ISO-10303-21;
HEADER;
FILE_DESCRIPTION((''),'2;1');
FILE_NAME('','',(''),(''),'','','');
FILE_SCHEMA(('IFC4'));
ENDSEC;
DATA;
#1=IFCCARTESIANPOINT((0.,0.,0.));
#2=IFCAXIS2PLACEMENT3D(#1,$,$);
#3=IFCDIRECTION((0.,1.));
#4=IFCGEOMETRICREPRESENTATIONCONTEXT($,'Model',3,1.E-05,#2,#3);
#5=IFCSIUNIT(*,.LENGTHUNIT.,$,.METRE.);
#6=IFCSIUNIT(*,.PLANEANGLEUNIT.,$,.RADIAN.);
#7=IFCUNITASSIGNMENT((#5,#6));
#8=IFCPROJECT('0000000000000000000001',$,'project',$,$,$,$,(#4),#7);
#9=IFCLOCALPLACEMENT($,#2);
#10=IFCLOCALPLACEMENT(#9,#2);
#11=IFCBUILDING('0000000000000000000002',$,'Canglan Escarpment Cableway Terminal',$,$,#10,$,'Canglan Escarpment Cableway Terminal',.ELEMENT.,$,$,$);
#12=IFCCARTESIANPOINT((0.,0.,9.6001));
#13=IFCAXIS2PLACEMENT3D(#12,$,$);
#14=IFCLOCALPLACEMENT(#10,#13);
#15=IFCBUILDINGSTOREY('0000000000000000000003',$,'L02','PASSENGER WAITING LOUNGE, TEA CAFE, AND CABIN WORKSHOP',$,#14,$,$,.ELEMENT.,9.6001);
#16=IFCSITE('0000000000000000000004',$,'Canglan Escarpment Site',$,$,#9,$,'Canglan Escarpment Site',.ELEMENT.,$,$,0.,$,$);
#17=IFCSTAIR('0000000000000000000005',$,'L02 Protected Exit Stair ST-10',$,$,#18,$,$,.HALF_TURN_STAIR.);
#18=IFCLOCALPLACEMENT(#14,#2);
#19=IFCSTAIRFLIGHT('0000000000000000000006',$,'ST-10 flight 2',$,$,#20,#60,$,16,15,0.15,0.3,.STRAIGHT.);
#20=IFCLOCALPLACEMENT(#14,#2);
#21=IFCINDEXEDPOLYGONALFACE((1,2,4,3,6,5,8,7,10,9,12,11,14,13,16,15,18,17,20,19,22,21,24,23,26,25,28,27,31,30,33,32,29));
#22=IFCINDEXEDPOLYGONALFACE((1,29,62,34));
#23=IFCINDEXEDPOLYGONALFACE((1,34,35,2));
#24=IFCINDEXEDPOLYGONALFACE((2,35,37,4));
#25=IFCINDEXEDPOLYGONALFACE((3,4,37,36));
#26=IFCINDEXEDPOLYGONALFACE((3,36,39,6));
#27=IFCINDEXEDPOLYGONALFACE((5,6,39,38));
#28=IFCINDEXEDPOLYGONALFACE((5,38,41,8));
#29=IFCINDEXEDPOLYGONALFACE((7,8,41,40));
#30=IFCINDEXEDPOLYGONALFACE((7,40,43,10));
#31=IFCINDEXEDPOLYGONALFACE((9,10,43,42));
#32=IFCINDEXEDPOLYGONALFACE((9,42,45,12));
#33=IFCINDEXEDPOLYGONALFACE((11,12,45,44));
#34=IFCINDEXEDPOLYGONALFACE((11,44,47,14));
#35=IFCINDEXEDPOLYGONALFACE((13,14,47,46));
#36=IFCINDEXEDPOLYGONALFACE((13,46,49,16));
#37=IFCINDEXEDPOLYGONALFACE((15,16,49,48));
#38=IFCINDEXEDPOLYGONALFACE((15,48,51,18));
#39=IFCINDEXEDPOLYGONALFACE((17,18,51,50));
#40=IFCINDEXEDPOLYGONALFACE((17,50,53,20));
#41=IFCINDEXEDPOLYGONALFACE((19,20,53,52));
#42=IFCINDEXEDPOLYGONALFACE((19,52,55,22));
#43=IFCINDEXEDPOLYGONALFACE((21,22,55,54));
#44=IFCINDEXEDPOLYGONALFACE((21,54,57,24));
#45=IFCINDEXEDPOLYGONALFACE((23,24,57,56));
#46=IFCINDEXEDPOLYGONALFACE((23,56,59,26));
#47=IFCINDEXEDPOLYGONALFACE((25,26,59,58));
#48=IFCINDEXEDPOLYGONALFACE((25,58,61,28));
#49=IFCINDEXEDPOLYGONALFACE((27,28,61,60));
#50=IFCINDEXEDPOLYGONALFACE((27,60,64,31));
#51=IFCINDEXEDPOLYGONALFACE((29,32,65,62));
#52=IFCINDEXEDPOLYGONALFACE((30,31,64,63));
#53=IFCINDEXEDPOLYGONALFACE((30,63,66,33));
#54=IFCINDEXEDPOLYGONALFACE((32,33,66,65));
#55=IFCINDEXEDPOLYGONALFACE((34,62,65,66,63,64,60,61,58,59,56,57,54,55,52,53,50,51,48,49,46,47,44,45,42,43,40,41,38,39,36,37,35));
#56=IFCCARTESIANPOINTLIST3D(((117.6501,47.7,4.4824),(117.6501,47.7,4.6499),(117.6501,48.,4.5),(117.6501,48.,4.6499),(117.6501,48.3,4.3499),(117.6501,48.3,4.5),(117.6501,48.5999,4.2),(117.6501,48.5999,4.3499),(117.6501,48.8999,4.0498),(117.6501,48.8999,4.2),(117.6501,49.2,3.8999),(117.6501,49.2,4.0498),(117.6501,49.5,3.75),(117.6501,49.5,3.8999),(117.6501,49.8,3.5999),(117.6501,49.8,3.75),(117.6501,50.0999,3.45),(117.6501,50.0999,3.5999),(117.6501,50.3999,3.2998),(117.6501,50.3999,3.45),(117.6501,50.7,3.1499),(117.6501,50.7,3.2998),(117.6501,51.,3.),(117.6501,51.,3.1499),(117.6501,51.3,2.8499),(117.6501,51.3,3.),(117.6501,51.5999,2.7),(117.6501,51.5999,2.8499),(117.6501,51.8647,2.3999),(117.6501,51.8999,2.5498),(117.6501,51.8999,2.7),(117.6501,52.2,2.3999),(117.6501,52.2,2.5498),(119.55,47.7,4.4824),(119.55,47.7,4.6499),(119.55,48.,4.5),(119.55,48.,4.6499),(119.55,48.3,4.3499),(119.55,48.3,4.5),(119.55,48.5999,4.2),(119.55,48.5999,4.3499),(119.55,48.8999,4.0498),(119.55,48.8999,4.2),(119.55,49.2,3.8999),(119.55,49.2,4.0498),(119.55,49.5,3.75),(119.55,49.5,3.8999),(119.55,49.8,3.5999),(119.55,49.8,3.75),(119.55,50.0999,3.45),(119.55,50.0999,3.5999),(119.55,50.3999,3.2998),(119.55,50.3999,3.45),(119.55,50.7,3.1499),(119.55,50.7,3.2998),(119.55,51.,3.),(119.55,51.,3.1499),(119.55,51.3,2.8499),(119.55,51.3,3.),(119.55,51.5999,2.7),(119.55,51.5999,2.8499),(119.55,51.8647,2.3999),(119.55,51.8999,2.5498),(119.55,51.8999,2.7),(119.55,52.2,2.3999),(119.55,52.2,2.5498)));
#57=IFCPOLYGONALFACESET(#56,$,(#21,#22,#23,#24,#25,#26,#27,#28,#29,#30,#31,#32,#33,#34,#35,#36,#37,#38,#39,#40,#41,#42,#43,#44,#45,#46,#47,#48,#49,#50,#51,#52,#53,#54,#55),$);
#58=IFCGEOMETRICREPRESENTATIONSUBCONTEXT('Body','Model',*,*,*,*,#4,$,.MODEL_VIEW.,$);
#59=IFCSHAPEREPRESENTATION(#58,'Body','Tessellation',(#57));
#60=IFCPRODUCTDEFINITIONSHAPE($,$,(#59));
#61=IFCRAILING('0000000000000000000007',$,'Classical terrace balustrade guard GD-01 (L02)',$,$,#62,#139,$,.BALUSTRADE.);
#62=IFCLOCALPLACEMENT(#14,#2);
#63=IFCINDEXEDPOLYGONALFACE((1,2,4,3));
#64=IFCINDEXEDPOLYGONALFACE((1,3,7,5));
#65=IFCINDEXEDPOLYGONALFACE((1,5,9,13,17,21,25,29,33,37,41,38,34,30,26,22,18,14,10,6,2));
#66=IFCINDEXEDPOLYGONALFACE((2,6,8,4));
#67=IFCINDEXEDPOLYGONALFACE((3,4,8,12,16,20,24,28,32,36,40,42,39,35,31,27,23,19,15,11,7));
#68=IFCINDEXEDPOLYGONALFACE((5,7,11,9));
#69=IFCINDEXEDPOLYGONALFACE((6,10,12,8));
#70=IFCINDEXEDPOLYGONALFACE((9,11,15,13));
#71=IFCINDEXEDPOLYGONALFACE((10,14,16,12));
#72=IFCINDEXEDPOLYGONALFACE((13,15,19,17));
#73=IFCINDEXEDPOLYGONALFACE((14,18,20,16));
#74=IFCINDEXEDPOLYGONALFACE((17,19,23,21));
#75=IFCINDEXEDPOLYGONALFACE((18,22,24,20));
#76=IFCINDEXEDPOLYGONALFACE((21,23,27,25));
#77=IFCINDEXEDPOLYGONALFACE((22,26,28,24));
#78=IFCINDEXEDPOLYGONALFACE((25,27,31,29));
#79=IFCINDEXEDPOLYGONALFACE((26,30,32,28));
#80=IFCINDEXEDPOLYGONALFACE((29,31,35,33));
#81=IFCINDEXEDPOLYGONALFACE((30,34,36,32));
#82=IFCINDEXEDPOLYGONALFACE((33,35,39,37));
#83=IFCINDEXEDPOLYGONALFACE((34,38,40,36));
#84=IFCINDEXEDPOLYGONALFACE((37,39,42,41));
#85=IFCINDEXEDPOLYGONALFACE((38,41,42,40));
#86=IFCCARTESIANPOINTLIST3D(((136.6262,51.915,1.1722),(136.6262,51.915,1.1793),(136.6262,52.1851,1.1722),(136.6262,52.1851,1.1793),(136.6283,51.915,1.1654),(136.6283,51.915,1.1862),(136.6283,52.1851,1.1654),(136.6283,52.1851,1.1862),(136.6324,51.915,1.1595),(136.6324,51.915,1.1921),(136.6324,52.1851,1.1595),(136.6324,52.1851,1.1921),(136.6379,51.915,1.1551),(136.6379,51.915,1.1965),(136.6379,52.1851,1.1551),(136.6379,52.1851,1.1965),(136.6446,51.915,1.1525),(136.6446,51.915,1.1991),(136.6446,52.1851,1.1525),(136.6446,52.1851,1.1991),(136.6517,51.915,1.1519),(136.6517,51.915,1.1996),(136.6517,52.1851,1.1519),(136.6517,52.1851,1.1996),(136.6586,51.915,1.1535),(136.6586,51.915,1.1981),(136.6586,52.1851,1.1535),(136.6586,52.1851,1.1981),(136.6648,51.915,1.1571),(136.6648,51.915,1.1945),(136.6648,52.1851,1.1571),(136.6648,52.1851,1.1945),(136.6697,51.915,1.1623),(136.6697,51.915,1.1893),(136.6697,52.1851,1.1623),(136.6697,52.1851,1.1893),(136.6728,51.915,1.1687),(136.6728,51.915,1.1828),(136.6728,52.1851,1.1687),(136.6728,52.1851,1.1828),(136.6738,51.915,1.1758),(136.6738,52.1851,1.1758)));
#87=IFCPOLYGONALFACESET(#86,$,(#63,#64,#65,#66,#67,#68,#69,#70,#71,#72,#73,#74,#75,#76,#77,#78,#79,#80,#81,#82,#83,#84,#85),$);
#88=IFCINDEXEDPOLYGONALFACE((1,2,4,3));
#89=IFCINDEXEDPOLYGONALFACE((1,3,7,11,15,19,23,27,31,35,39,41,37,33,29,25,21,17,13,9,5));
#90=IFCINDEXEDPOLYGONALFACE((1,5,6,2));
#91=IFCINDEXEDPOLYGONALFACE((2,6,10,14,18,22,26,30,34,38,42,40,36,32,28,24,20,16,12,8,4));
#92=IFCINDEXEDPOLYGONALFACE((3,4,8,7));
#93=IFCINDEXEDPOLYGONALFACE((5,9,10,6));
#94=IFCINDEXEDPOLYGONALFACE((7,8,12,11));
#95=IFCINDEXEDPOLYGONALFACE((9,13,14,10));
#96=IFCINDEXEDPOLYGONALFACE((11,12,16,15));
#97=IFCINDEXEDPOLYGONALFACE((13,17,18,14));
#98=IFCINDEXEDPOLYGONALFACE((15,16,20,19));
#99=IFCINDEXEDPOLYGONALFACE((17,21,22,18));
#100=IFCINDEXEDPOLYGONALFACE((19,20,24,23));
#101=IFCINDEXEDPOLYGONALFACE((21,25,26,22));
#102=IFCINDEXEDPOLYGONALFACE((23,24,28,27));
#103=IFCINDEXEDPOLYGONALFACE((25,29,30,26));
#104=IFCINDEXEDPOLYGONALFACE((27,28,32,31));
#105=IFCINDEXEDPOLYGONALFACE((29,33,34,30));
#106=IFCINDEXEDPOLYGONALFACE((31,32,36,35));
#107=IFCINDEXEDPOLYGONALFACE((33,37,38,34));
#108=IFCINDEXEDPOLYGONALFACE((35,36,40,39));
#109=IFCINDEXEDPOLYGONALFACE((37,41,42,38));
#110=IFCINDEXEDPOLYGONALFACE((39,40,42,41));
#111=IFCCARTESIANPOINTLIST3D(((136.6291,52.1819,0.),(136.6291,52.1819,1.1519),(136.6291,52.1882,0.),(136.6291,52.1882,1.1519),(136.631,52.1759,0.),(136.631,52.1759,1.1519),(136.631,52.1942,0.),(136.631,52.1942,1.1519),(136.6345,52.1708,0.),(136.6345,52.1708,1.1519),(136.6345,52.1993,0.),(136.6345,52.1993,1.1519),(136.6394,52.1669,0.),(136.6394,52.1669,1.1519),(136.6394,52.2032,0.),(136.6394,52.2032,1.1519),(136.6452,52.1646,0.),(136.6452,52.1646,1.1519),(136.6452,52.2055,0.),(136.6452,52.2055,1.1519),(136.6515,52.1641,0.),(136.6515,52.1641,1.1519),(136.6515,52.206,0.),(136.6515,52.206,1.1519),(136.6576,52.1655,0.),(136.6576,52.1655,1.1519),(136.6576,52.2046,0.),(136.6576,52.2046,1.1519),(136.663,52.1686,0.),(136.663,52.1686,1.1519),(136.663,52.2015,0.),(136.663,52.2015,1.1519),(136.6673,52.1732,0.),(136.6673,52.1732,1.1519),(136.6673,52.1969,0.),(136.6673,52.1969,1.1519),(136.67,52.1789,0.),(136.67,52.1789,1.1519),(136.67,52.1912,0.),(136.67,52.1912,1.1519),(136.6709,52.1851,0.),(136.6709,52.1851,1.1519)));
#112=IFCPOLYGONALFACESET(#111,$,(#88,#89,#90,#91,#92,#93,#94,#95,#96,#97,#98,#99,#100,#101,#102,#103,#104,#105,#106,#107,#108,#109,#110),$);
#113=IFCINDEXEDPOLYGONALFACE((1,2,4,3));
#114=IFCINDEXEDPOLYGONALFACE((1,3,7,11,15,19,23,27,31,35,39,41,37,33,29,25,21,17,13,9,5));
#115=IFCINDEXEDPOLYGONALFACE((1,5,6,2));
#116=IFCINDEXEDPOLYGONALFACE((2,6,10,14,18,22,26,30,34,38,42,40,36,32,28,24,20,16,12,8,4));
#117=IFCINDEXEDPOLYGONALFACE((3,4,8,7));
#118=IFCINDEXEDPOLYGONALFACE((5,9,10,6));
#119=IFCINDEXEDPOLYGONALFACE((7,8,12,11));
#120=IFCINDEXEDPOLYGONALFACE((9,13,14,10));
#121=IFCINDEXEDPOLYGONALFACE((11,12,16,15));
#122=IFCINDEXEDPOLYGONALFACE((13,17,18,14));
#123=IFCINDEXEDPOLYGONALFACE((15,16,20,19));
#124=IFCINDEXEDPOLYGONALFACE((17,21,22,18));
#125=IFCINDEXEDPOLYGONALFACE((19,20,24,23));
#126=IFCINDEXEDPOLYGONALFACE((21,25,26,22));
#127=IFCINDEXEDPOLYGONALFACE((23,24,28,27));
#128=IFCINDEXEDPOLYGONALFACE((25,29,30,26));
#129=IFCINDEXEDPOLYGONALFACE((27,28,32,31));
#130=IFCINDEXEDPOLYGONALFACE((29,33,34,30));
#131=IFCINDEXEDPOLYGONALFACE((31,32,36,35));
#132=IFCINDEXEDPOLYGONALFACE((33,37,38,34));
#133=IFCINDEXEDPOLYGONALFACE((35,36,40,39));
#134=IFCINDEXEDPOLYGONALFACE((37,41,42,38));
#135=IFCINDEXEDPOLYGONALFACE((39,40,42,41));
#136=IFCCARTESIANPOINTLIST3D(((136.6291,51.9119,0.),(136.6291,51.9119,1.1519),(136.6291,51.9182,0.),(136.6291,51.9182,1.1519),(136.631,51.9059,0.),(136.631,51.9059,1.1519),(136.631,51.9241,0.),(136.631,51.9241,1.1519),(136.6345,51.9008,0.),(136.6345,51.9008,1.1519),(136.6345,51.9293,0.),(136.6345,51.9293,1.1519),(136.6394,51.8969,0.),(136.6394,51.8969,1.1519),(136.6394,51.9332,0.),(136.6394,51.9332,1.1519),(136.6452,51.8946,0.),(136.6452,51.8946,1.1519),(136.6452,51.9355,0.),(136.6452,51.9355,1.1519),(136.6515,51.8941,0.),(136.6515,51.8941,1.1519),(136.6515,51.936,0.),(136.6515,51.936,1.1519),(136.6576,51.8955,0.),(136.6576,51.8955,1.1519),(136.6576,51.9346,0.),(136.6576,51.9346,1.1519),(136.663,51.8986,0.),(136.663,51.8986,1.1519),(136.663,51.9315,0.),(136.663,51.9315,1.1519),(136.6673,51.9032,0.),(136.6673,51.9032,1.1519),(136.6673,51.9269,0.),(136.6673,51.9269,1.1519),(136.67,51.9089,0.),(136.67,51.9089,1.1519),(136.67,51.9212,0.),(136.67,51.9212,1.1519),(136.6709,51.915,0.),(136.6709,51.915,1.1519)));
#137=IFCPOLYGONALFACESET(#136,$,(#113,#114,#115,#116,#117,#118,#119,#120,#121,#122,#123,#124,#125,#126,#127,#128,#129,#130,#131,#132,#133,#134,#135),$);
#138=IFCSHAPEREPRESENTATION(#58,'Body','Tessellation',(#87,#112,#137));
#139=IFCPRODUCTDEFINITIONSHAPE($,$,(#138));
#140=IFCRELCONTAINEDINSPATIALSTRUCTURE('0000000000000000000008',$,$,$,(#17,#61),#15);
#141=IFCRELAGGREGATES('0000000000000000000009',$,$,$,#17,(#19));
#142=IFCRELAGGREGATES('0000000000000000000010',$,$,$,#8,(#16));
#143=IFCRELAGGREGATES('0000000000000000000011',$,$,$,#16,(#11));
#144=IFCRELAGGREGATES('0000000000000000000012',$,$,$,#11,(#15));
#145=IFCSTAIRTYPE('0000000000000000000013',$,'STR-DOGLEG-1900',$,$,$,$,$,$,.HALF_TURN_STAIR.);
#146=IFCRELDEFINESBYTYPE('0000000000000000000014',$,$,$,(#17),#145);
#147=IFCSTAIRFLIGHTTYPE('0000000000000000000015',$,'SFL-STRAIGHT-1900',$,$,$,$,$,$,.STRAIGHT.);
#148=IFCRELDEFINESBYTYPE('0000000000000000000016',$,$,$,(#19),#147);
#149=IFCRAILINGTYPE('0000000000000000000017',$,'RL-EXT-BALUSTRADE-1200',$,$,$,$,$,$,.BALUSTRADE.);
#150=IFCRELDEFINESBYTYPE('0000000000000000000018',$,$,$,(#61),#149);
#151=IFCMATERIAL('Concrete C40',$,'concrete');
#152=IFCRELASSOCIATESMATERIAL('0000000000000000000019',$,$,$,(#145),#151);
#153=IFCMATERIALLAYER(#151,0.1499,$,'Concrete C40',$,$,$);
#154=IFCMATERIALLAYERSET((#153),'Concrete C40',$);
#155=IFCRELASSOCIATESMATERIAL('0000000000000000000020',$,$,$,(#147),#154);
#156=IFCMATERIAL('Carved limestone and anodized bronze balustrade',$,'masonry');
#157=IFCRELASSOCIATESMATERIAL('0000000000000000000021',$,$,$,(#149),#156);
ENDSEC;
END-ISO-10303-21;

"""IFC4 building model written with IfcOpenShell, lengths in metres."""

from ifc_helpers import new_model, si_unit, direction, frame, origin, origin_2d, place, context, subcontext, project, spatial, polyline, circle, outline, extrude, material, layer, layer_set, type_object, element, aggregate, save


model = new_model("IFC4")

# Units and contexts
model_context = context("Model", 3, precision=1e-05, world=origin(), true_north=direction((0.0, 1.0)))
body_context = subcontext(model_context, "Body", "Model", "MODEL_VIEW")
ifc_project = project(units=[si_unit("LENGTHUNIT", "METRE"), si_unit("PLANEANGLEUNIT", "RADIAN")], contexts=[model_context])

# Site, building, storey
site_placement = place(None, origin())
site = spatial("IfcSite", under=ifc_project, at=site_placement, Name="Canglan Escarpment Site", LongName="Canglan Escarpment Site", CompositionType="ELEMENT", RefElevation=0.0)
building_placement = place(site_placement, origin())
building = spatial("IfcBuilding", under=site, at=building_placement, Name="Canglan Escarpment Cableway Terminal", LongName="Canglan Escarpment Cableway Terminal", CompositionType="ELEMENT")
storey_placement = place(building_placement, frame((0.0, 0.0, 9.6001)))
storey = spatial("IfcBuildingStorey", under=building, at=storey_placement, Name="L02", Description="PASSENGER WAITING LOUNGE, TEA CAFE, AND CABIN WORKSHOP", CompositionType="ELEMENT", Elevation=9.6001)

# Shared definitions
ifc_material_1 = material(Name="Concrete C40", Category="concrete")

# Stair, stair flight
stair_type = type_object("IfcStairType", Name="STR-DOGLEG-1900", PredefinedType="HALF_TURN_STAIR", material=ifc_material_1)
stair_placement = place(storey_placement, origin())
stair = element("IfcStair", 1, at=stair_placement, inside=storey, type_object=stair_type, Name="L02 Protected Exit Stair ST-10", PredefinedType="HALF_TURN_STAIR")
ifc_layer_1 = layer(ifc_material_1, 0.1499, Name="Concrete C40")
ifc_layer_set_1 = layer_set([ifc_layer_1], Name="Concrete C40")
stair_flight_type = type_object("IfcStairFlightType", Name="SFL-STRAIGHT-1900", PredefinedType="STRAIGHT", material=ifc_layer_set_1)
stair_flight_placement = place(storey_placement, frame((118.6001, 52.2, 2.3999), z_axis=(0.0, 0.0, 1.0), x_axis=(0.0, -1.0, 0.0)))
stair_flight = element("IfcStairFlight", 2, at=stair_flight_placement, type_object=stair_flight_type, Name="ST-10 flight 2", NumberOfRisers=16, NumberOfTreads=15, PredefinedType="STRAIGHT", RiserHeight=0.15, TreadLength=0.3, context=body_context, shape_type="SweptSolid", body=[
    extrude(outline(polyline([(0.0, 0.0), (0.0, 0.1499), (0.3, 0.1499), (0.3, 0.3), (0.6001, 0.3), (0.6001, 0.45), (0.8999, 0.45), (0.8999, 0.6001), (1.2, 0.6001), (1.2, 0.75), (1.5, 0.75), (1.5, 0.8999), (1.8, 0.8999), (1.8, 1.05), (2.1001, 1.05), (2.1001, 1.2), (2.3999, 1.2), (2.3999, 1.3501), (2.7, 1.3501), (2.7, 1.5), (3.0, 1.5), (3.0, 1.6499), (3.3, 1.6499), (3.3, 1.8), (3.6001, 1.8), (3.6001, 1.95), (3.8999, 1.95), (3.8999, 2.1001), (4.2, 2.1001), (4.2, 2.25), (4.5, 2.25), (4.5, 2.3999), (4.5, 2.0825), (0.3352, 0.0), (0.0, 0.0)])), frame((0.0, 0.95, 0.0), z_axis=(0.0, -1.0, 0.0), x_axis=(1.0, 0.0, 0.0)), (0.0, 0.0, 1.0), 1.8999),
])
aggregate(stair, [stair_flight])

# Railing
ifc_material_2 = material(Name="Carved limestone and anodized bronze balustrade", Category="masonry")
railing_type_1 = type_object("IfcRailingType", Name="RL-EXT-BALUSTRADE-1200", PredefinedType="BALUSTRADE", material=ifc_material_2)
railing_1_placement = place(storey_placement, frame((136.6499, 52.1851, 0.0)))
element("IfcRailing", 3, at=railing_1_placement, inside=storey, type_object=railing_type_1, Name="Classical terrace balustrade guard GD-01 (L02)", PredefinedType="BALUSTRADE", context=body_context, shape_type="SweptSolid", body=[
    extrude(circle(Radius=0.0239, at=origin_2d()), frame((0.0, 0.0, 1.1758), z_axis=(0.0, -1.0, 0.0), x_axis=(1.0, 0.0, 0.0)), (0.0, 0.0, 1.0), 0.27),
    extrude(circle(Radius=0.021, at=origin_2d()), origin(), (0.0, 0.0, 1.0), 1.1519),
    extrude(circle(Radius=0.021, at=origin_2d()), frame((0.0, -0.27, 0.0)), (0.0, 0.0, 1.0), 1.1519),
])

save(model, "model.ifc")
